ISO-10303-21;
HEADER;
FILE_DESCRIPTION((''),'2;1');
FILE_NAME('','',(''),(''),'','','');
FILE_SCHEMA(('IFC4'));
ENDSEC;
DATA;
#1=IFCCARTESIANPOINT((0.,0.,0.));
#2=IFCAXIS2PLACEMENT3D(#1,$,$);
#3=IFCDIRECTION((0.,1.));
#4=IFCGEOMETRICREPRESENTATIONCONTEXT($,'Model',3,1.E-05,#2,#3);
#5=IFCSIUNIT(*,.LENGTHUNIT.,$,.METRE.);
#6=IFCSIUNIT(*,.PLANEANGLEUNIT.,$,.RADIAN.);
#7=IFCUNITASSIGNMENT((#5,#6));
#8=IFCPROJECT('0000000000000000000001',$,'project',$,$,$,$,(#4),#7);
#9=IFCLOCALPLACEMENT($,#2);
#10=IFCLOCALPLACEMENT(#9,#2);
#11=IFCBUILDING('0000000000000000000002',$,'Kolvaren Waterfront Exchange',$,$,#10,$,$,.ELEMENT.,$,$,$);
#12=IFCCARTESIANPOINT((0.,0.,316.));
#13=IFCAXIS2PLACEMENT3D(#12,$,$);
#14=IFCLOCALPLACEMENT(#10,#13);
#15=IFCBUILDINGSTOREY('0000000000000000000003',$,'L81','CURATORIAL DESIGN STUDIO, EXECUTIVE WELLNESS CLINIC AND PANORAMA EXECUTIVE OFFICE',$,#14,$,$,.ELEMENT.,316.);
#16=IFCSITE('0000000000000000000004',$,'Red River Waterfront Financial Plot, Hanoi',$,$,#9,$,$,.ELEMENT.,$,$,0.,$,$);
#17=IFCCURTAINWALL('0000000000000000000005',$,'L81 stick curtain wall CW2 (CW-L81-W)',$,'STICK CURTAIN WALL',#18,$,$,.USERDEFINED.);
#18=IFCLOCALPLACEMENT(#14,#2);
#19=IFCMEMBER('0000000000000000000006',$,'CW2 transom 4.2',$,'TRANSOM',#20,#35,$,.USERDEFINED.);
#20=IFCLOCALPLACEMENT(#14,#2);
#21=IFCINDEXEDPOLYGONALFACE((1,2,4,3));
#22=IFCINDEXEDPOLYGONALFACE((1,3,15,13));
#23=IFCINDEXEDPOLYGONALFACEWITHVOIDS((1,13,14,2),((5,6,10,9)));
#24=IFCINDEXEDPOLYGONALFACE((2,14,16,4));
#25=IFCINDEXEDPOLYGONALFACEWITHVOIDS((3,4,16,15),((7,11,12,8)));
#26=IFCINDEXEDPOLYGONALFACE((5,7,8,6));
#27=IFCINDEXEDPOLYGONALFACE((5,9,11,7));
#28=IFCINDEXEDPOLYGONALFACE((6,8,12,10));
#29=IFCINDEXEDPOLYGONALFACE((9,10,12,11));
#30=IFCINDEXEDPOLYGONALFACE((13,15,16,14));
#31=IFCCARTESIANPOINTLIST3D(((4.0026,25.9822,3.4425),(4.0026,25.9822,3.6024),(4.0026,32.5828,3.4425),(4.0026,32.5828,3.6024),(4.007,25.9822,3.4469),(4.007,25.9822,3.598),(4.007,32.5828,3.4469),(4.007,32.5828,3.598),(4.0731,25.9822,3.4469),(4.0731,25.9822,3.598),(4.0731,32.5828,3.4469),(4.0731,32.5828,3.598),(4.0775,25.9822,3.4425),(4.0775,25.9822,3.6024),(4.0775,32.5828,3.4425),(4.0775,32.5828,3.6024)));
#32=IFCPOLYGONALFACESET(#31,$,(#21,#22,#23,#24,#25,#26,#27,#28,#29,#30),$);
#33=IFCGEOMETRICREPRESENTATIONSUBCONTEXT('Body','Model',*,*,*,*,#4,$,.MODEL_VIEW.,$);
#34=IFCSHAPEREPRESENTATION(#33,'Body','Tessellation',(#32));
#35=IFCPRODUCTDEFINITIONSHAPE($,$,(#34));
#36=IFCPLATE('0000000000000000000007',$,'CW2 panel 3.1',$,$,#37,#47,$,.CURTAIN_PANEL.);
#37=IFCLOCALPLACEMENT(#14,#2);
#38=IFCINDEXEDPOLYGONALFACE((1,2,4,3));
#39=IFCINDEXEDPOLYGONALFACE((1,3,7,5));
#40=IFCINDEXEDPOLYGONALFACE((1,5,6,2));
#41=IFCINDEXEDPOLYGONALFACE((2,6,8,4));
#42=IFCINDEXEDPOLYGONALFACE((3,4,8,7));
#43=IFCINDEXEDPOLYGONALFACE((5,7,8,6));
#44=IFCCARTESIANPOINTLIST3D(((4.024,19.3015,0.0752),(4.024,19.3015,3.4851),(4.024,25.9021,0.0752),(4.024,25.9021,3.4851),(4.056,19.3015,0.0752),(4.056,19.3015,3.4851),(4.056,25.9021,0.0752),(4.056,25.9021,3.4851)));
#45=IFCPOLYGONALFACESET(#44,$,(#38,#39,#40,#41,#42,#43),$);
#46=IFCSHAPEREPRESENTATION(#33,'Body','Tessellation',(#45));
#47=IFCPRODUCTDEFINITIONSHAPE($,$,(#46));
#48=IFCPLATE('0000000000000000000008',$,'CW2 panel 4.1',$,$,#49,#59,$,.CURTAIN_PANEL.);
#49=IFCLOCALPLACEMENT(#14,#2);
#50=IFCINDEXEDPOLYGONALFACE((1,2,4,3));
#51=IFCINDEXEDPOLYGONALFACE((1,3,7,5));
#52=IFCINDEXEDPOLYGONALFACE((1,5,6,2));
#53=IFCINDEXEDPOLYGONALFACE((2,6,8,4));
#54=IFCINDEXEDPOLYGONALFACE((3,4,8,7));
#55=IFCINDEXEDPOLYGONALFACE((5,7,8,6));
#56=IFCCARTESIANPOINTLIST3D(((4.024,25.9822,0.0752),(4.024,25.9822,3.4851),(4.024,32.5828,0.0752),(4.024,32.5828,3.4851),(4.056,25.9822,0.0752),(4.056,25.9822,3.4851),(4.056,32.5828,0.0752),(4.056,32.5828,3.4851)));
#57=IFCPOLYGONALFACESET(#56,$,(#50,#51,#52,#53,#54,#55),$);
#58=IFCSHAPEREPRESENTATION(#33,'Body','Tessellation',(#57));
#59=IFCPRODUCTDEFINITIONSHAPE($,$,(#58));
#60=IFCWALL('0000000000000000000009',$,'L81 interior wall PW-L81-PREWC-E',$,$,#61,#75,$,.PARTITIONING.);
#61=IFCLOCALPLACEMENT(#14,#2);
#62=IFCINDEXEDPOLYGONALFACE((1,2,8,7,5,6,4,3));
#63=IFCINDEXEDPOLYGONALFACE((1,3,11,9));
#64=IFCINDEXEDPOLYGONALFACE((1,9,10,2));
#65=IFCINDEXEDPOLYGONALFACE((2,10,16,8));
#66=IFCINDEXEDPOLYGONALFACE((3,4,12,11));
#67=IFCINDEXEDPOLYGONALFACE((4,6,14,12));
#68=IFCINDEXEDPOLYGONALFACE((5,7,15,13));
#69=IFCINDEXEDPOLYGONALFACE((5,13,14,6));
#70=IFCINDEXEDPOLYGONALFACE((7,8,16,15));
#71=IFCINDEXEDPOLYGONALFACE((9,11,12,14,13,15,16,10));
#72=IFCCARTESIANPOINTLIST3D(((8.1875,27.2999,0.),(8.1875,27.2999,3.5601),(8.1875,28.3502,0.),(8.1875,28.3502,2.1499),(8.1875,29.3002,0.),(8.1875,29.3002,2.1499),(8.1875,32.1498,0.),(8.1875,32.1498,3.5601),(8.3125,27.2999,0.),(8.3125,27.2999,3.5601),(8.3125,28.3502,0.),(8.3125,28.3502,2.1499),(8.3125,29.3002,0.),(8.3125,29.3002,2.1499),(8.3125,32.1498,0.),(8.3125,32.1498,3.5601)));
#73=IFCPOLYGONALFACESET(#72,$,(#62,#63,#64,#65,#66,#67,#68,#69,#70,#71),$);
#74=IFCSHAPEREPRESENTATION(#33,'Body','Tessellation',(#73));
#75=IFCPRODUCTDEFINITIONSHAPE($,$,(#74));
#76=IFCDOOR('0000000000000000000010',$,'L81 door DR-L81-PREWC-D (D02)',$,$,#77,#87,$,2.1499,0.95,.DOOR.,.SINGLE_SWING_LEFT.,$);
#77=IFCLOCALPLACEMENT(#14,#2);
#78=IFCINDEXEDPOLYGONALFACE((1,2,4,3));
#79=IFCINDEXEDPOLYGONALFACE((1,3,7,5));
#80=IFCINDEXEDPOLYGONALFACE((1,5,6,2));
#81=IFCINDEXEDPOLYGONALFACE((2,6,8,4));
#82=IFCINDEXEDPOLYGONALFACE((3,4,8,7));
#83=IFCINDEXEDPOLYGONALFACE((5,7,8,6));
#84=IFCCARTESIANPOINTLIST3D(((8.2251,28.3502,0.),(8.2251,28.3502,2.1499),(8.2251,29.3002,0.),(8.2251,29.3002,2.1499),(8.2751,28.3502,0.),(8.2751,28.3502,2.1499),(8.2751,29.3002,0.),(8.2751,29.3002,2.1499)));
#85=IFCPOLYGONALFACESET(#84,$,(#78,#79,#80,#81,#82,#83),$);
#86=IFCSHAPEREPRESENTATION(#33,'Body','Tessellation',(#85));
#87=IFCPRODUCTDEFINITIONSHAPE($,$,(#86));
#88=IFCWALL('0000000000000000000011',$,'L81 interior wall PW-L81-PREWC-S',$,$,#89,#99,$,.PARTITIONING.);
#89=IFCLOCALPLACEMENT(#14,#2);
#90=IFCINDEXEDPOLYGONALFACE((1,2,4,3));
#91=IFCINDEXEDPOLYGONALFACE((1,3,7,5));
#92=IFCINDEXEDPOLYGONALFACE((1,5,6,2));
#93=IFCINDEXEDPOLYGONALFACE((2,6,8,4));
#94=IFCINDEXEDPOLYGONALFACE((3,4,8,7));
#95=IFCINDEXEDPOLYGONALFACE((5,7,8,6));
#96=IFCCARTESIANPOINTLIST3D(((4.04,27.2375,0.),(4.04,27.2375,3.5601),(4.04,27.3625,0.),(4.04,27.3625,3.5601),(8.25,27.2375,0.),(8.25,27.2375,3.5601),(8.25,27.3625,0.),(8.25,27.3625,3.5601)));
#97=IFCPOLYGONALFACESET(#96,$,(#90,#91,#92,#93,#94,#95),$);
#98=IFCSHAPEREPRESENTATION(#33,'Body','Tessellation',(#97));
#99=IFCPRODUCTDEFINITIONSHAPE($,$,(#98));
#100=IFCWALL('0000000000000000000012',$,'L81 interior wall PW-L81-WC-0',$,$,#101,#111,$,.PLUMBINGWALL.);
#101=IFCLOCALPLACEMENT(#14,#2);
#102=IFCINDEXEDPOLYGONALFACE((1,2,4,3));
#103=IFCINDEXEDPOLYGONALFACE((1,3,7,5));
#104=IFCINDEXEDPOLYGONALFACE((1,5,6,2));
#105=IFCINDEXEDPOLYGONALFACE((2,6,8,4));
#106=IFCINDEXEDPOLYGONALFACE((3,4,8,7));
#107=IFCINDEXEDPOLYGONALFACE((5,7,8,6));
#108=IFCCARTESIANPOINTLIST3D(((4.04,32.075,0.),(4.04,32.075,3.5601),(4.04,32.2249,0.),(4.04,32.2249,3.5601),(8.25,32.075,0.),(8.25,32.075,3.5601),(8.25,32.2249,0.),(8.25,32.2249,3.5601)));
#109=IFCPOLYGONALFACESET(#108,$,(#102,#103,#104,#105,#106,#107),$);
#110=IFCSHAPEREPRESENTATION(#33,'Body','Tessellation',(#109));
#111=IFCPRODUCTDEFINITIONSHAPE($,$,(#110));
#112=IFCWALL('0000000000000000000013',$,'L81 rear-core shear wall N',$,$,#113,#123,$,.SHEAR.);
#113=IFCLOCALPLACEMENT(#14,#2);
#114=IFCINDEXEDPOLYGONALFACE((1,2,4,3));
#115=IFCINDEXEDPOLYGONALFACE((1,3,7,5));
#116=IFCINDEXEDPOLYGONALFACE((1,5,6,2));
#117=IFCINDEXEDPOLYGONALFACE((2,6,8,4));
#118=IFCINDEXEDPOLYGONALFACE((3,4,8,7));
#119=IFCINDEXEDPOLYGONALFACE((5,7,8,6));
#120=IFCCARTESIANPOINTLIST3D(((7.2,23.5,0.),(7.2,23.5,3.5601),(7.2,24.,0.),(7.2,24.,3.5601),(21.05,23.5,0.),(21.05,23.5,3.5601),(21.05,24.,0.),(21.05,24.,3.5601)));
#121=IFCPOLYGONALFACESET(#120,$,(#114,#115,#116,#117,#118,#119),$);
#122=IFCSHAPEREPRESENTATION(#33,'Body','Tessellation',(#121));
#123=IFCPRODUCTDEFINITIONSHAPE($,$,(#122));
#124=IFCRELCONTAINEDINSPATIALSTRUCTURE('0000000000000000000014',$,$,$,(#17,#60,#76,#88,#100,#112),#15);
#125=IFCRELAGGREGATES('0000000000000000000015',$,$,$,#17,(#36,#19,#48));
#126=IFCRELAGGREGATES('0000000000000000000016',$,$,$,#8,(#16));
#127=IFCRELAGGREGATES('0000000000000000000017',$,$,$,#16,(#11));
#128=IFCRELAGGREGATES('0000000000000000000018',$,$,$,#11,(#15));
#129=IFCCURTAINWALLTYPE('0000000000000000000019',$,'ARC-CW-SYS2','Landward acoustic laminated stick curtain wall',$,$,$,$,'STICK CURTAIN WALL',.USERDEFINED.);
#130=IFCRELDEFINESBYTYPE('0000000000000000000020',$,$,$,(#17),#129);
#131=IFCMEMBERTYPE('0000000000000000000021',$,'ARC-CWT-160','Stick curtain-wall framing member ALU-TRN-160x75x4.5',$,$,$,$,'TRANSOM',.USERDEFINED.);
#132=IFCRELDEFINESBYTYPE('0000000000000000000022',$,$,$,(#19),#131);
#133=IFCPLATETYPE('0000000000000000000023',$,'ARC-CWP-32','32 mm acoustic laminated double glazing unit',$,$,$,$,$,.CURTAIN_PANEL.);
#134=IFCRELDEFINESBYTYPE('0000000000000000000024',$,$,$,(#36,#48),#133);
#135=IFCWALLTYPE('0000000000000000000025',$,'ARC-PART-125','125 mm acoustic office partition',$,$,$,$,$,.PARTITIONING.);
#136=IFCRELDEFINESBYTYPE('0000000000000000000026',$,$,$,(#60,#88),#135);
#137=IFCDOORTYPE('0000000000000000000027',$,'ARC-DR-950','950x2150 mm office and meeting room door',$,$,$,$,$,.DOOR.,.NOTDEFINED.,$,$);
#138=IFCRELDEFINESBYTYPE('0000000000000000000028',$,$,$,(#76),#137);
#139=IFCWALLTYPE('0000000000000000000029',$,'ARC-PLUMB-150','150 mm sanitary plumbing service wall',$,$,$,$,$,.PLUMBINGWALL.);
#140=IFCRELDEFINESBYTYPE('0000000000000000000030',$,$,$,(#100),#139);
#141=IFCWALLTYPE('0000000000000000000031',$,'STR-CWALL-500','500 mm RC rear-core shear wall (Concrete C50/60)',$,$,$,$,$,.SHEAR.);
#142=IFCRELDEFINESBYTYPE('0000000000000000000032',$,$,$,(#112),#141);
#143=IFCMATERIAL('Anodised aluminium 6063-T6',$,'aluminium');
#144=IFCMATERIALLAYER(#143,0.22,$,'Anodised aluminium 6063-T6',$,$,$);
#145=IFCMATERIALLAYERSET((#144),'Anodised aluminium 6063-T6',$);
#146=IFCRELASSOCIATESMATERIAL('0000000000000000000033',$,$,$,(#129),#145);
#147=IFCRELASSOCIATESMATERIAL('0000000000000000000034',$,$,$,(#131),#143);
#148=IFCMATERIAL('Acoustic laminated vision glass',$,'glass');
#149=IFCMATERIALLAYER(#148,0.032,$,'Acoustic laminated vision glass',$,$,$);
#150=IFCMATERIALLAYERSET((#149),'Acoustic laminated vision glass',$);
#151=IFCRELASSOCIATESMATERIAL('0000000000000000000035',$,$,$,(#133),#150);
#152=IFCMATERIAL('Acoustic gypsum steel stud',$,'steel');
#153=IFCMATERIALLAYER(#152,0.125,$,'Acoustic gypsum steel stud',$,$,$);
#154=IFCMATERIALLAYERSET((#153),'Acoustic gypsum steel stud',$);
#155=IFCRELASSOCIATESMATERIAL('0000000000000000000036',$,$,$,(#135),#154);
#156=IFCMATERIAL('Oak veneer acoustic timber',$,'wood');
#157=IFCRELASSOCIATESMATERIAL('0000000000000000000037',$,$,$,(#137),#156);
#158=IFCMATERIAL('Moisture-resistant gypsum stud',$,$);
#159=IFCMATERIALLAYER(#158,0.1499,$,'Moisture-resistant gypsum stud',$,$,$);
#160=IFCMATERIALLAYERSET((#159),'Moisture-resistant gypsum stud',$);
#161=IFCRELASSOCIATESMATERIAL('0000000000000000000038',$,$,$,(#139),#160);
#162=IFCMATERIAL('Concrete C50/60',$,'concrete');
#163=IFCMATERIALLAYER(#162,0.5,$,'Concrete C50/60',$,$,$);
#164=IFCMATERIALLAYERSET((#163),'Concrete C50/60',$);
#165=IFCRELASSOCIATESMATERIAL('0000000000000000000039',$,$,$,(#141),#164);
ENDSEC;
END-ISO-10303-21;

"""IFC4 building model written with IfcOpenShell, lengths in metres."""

from ifc_helpers import new_model, si_unit, direction, frame, frame_2d, origin, origin_with_axes, origin_2d, place, context, subcontext, project, spatial, rectangle, hollow_rectangle, extrude, source, transform, mapped, material, layer, layer_set, material_profile, profile_set, type_object, element, fill, aggregate, save


model = new_model("IFC4")

# Units and contexts
model_context = context("Model", 3, precision=1e-05, world=origin(), true_north=direction((0.0, 1.0)))
body_context = subcontext(model_context, "Body", "Model", "MODEL_VIEW")
ifc_project = project(units=[si_unit("LENGTHUNIT", "METRE"), si_unit("PLANEANGLEUNIT", "RADIAN")], contexts=[model_context])

# Site, building, storey
site_placement = place(None, origin())
site = spatial("IfcSite", under=ifc_project, at=site_placement, Name="Red River Waterfront Financial Plot, Hanoi", CompositionType="ELEMENT", RefElevation=0.0)
building_placement = place(site_placement, origin())
building = spatial("IfcBuilding", under=site, at=building_placement, Name="Kolvaren Waterfront Exchange", CompositionType="ELEMENT")
storey_placement = place(building_placement, frame((0.0, 0.0, 316.0)))
storey = spatial("IfcBuildingStorey", under=building, at=storey_placement, Name="L81", Description="CURATORIAL DESIGN STUDIO, EXECUTIVE WELLNESS CLINIC AND PANORAMA EXECUTIVE OFFICE", CompositionType="ELEMENT", Elevation=316.0)

# Shared definitions
ifc_material_1 = material(Name="Concrete C50/60", Category="concrete")

# Curtain wall, member, plates
ifc_material_2 = material(Name="Anodised aluminium 6063-T6", Category="aluminium")
ifc_layer_1 = layer(ifc_material_2, 0.22, Name="Anodised aluminium 6063-T6")
ifc_layer_set_1 = layer_set([ifc_layer_1], Name="Anodised aluminium 6063-T6")
curtain_wall_type = type_object("IfcCurtainWallType", Name="ARC-CW-SYS2", Description="Landward acoustic laminated stick curtain wall", ElementType="STICK CURTAIN WALL", PredefinedType="USERDEFINED", material=ifc_layer_set_1)
curtain_wall_placement = place(storey_placement, origin())
curtain_wall = element("IfcCurtainWall", 1, at=curtain_wall_placement, inside=storey, type_object=curtain_wall_type, Name="L81 stick curtain wall CW2 (CW-L81-W)", ObjectType="STICK CURTAIN WALL", PredefinedType="USERDEFINED")
ifc_material_profile_1 = material_profile(ifc_material_2, hollow_rectangle(XDim=0.075, YDim=0.1599, WallThickness=0.0044, at=origin_2d()), Name="ALU-TRN-160x75x4.5")
ifc_profile_set_1 = profile_set([ifc_material_profile_1], Name="Anodised aluminium 6063-T6")
member_type_1 = type_object("IfcMemberType", Name="ARC-CWT-160", Description="Stick curtain-wall framing member ALU-TRN-160x75x4.5", ElementType="TRANSOM", PredefinedType="USERDEFINED", material=ifc_profile_set_1)
shared_shape_1 = source(origin_with_axes(), body_context, "Body", "SweptSolid", [
    extrude(hollow_rectangle(XDim=0.075, YDim=0.1599, WallThickness=0.0044, at=origin_2d()), origin(), (0.0, 0.0, 1.0), 6.6006),
])
member_1_placement = place(storey_placement, frame((4.04, 25.9822, 3.5225), z_axis=(0.0, 1.0, 0.0), x_axis=(-1.0, 0.0, 0.0)))
member_1 = element("IfcMember", 2, at=member_1_placement, type_object=member_type_1, Name="CW2 transom 4.2", ObjectType="TRANSOM", PredefinedType="USERDEFINED", context=body_context, shape_type="MappedRepresentation", body=[
    mapped(shared_shape_1, transform((0.0, 0.0, 0.0), x_axis=(1.0, 0.0, 0.0), y_axis=(0.0, 1.0, 0.0), z_axis=(0.0, 0.0, 1.0), scale=1.0)),
])
ifc_material_3 = material(Name="Acoustic laminated vision glass", Category="glass")
ifc_layer_2 = layer(ifc_material_3, 0.032, Name="Acoustic laminated vision glass")
ifc_layer_set_2 = layer_set([ifc_layer_2], Name="Acoustic laminated vision glass")
plate_type = type_object("IfcPlateType", Name="ARC-CWP-32", Description="32 mm acoustic laminated double glazing unit", PredefinedType="CURTAIN_PANEL", material=ifc_layer_set_2)
shared_shape_2 = source(origin_with_axes(), body_context, "Body", "SweptSolid", [
    extrude(rectangle(XDim=6.6006, YDim=0.032, at=origin_2d()), origin(), (0.0, 0.0, 1.0), 3.4099),
])
plate_1_placement = place(storey_placement, frame((4.04, 22.6018, 0.0752), z_axis=(0.0, 0.0, 1.0), x_axis=(0.0, 1.0, 0.0)))
plate_1 = element("IfcPlate", 3, at=plate_1_placement, type_object=plate_type, Name="CW2 panel 3.1", PredefinedType="CURTAIN_PANEL", context=body_context, shape_type="MappedRepresentation", body=[
    mapped(shared_shape_2, transform((0.0, 0.0, 0.0), x_axis=(1.0, 0.0, 0.0), y_axis=(0.0, 1.0, 0.0), z_axis=(0.0, 0.0, 1.0), scale=1.0)),
])
plate_2_placement = place(storey_placement, frame((4.04, 29.2825, 0.0752), z_axis=(0.0, 0.0, 1.0), x_axis=(0.0, 1.0, 0.0)))
plate_2 = element("IfcPlate", 4, at=plate_2_placement, type_object=plate_type, Name="CW2 panel 4.1", PredefinedType="CURTAIN_PANEL", context=body_context, shape_type="MappedRepresentation", body=[
    mapped(shared_shape_2, transform((0.0, 0.0, 0.0), x_axis=(1.0, 0.0, 0.0), y_axis=(0.0, 1.0, 0.0), z_axis=(0.0, 0.0, 1.0), scale=1.0)),
])
aggregate(curtain_wall, [plate_1, member_1, plate_2])

# Wall, opening, door
ifc_material_4 = material(Name="Acoustic gypsum steel stud", Category="steel")
ifc_layer_3 = layer(ifc_material_4, 0.125, Name="Acoustic gypsum steel stud")
ifc_layer_set_3 = layer_set([ifc_layer_3], Name="Acoustic gypsum steel stud")
wall_type_1 = type_object("IfcWallType", Name="ARC-PART-125", Description="125 mm acoustic office partition", PredefinedType="PARTITIONING", material=ifc_layer_set_3)
wall_1_placement = place(storey_placement, frame((8.25, 27.3, 0.0), z_axis=(0.0, 0.0, 1.0), x_axis=(0.0, 1.0, 0.0)))
wall_1 = element("IfcWall", 5, at=wall_1_placement, inside=storey, type_object=wall_type_1, Name="L81 interior wall PW-L81-PREWC-E", PredefinedType="PARTITIONING", context=body_context, shape_type="SweptSolid", body=[
    extrude(rectangle(XDim=4.8499, YDim=0.125, at=frame_2d((2.4248, 0.0))), origin(), (0.0, 0.0, 1.0), 3.5601),
])
opening_1_placement = place(wall_1_placement, frame((1.05, 0.0, 0.0)))
opening_1 = element("IfcOpeningElement", 6, at=opening_1_placement, cuts=wall_1, PredefinedType="OPENING", context=body_context, shape_type="SweptSolid", body=[
    extrude(rectangle(XDim=0.95, YDim=2.1499, at=frame_2d((0.4751, 1.075))), frame((0.0, 0.0725, 0.0), z_axis=(0.0, -1.0, 0.0), x_axis=(1.0, 0.0, 0.0)), (0.0, 0.0, 1.0), 0.145),
])
ifc_material_5 = material(Name="Oak veneer acoustic timber", Category="wood")
door_type_1 = type_object("IfcDoorType", Name="ARC-DR-950", Description="950x2150 mm office and meeting room door", OperationType="NOTDEFINED", PredefinedType="DOOR", material=ifc_material_5)
door_1_placement = place(opening_1_placement, origin())
door_1 = element("IfcDoor", 7, at=door_1_placement, inside=storey, type_object=door_type_1, Name="L81 door DR-L81-PREWC-D (D02)", OperationType="SINGLE_SWING_LEFT", OverallHeight=2.1499, OverallWidth=0.95, PredefinedType="DOOR", context=body_context, shape_type="SweptSolid", body=[
    extrude(rectangle(XDim=0.95, YDim=2.1499, at=frame_2d((0.4751, 1.075))), frame((0.0, 0.0249, 0.0), z_axis=(0.0, -1.0, 0.0), x_axis=(1.0, 0.0, 0.0)), (0.0, 0.0, 1.0), 0.05),
])
fill(opening_1, door_1)

# Wall
wall_2_placement = place(storey_placement, frame((4.04, 27.3, 0.0), z_axis=(0.0, 0.0, 1.0), x_axis=(1.0, 0.0, 0.0)))
element("IfcWall", 8, at=wall_2_placement, inside=storey, type_object=wall_type_1, Name="L81 interior wall PW-L81-PREWC-S", PredefinedType="PARTITIONING", context=body_context, shape_type="SweptSolid", body=[
    extrude(rectangle(XDim=4.21, YDim=0.125, at=frame_2d((2.105, 0.0))), origin(), (0.0, 0.0, 1.0), 3.5601),
])

# Walls
ifc_material_6 = material(Name="Moisture-resistant gypsum stud")
ifc_layer_4 = layer(ifc_material_6, 0.1499, Name="Moisture-resistant gypsum stud")
ifc_layer_set_4 = layer_set([ifc_layer_4], Name="Moisture-resistant gypsum stud")
wall_type_2 = type_object("IfcWallType", Name="ARC-PLUMB-150", Description="150 mm sanitary plumbing service wall", PredefinedType="PLUMBINGWALL", material=ifc_layer_set_4)
wall_3_placement = place(storey_placement, frame((4.04, 32.1499, 0.0), z_axis=(0.0, 0.0, 1.0), x_axis=(1.0, 0.0, 0.0)))
element("IfcWall", 9, at=wall_3_placement, inside=storey, type_object=wall_type_2, Name="L81 interior wall PW-L81-WC-0", PredefinedType="PLUMBINGWALL", context=body_context, shape_type="SweptSolid", body=[
    extrude(rectangle(XDim=4.21, YDim=0.1499, at=frame_2d((2.105, 0.0))), origin(), (0.0, 0.0, 1.0), 3.5601),
])
ifc_layer_5 = layer(ifc_material_1, 0.5, Name="Concrete C50/60")
ifc_layer_set_5 = layer_set([ifc_layer_5], Name="Concrete C50/60")
wall_type_3 = type_object("IfcWallType", Name="STR-CWALL-500", Description="500 mm RC rear-core shear wall (Concrete C50/60)", PredefinedType="SHEAR", material=ifc_layer_set_5)
wall_4_placement = place(storey_placement, frame((7.2, 23.75, 0.0), z_axis=(0.0, 0.0, 1.0), x_axis=(1.0, 0.0, 0.0)))
element("IfcWall", 10, at=wall_4_placement, inside=storey, type_object=wall_type_3, Name="L81 rear-core shear wall N", PredefinedType="SHEAR", context=body_context, shape_type="SweptSolid", body=[
    extrude(rectangle(XDim=13.8501, YDim=0.5, at=frame_2d((6.925, 0.0))), origin(), (0.0, 0.0, 1.0), 3.5601),
])

save(model, "model.ifc")
